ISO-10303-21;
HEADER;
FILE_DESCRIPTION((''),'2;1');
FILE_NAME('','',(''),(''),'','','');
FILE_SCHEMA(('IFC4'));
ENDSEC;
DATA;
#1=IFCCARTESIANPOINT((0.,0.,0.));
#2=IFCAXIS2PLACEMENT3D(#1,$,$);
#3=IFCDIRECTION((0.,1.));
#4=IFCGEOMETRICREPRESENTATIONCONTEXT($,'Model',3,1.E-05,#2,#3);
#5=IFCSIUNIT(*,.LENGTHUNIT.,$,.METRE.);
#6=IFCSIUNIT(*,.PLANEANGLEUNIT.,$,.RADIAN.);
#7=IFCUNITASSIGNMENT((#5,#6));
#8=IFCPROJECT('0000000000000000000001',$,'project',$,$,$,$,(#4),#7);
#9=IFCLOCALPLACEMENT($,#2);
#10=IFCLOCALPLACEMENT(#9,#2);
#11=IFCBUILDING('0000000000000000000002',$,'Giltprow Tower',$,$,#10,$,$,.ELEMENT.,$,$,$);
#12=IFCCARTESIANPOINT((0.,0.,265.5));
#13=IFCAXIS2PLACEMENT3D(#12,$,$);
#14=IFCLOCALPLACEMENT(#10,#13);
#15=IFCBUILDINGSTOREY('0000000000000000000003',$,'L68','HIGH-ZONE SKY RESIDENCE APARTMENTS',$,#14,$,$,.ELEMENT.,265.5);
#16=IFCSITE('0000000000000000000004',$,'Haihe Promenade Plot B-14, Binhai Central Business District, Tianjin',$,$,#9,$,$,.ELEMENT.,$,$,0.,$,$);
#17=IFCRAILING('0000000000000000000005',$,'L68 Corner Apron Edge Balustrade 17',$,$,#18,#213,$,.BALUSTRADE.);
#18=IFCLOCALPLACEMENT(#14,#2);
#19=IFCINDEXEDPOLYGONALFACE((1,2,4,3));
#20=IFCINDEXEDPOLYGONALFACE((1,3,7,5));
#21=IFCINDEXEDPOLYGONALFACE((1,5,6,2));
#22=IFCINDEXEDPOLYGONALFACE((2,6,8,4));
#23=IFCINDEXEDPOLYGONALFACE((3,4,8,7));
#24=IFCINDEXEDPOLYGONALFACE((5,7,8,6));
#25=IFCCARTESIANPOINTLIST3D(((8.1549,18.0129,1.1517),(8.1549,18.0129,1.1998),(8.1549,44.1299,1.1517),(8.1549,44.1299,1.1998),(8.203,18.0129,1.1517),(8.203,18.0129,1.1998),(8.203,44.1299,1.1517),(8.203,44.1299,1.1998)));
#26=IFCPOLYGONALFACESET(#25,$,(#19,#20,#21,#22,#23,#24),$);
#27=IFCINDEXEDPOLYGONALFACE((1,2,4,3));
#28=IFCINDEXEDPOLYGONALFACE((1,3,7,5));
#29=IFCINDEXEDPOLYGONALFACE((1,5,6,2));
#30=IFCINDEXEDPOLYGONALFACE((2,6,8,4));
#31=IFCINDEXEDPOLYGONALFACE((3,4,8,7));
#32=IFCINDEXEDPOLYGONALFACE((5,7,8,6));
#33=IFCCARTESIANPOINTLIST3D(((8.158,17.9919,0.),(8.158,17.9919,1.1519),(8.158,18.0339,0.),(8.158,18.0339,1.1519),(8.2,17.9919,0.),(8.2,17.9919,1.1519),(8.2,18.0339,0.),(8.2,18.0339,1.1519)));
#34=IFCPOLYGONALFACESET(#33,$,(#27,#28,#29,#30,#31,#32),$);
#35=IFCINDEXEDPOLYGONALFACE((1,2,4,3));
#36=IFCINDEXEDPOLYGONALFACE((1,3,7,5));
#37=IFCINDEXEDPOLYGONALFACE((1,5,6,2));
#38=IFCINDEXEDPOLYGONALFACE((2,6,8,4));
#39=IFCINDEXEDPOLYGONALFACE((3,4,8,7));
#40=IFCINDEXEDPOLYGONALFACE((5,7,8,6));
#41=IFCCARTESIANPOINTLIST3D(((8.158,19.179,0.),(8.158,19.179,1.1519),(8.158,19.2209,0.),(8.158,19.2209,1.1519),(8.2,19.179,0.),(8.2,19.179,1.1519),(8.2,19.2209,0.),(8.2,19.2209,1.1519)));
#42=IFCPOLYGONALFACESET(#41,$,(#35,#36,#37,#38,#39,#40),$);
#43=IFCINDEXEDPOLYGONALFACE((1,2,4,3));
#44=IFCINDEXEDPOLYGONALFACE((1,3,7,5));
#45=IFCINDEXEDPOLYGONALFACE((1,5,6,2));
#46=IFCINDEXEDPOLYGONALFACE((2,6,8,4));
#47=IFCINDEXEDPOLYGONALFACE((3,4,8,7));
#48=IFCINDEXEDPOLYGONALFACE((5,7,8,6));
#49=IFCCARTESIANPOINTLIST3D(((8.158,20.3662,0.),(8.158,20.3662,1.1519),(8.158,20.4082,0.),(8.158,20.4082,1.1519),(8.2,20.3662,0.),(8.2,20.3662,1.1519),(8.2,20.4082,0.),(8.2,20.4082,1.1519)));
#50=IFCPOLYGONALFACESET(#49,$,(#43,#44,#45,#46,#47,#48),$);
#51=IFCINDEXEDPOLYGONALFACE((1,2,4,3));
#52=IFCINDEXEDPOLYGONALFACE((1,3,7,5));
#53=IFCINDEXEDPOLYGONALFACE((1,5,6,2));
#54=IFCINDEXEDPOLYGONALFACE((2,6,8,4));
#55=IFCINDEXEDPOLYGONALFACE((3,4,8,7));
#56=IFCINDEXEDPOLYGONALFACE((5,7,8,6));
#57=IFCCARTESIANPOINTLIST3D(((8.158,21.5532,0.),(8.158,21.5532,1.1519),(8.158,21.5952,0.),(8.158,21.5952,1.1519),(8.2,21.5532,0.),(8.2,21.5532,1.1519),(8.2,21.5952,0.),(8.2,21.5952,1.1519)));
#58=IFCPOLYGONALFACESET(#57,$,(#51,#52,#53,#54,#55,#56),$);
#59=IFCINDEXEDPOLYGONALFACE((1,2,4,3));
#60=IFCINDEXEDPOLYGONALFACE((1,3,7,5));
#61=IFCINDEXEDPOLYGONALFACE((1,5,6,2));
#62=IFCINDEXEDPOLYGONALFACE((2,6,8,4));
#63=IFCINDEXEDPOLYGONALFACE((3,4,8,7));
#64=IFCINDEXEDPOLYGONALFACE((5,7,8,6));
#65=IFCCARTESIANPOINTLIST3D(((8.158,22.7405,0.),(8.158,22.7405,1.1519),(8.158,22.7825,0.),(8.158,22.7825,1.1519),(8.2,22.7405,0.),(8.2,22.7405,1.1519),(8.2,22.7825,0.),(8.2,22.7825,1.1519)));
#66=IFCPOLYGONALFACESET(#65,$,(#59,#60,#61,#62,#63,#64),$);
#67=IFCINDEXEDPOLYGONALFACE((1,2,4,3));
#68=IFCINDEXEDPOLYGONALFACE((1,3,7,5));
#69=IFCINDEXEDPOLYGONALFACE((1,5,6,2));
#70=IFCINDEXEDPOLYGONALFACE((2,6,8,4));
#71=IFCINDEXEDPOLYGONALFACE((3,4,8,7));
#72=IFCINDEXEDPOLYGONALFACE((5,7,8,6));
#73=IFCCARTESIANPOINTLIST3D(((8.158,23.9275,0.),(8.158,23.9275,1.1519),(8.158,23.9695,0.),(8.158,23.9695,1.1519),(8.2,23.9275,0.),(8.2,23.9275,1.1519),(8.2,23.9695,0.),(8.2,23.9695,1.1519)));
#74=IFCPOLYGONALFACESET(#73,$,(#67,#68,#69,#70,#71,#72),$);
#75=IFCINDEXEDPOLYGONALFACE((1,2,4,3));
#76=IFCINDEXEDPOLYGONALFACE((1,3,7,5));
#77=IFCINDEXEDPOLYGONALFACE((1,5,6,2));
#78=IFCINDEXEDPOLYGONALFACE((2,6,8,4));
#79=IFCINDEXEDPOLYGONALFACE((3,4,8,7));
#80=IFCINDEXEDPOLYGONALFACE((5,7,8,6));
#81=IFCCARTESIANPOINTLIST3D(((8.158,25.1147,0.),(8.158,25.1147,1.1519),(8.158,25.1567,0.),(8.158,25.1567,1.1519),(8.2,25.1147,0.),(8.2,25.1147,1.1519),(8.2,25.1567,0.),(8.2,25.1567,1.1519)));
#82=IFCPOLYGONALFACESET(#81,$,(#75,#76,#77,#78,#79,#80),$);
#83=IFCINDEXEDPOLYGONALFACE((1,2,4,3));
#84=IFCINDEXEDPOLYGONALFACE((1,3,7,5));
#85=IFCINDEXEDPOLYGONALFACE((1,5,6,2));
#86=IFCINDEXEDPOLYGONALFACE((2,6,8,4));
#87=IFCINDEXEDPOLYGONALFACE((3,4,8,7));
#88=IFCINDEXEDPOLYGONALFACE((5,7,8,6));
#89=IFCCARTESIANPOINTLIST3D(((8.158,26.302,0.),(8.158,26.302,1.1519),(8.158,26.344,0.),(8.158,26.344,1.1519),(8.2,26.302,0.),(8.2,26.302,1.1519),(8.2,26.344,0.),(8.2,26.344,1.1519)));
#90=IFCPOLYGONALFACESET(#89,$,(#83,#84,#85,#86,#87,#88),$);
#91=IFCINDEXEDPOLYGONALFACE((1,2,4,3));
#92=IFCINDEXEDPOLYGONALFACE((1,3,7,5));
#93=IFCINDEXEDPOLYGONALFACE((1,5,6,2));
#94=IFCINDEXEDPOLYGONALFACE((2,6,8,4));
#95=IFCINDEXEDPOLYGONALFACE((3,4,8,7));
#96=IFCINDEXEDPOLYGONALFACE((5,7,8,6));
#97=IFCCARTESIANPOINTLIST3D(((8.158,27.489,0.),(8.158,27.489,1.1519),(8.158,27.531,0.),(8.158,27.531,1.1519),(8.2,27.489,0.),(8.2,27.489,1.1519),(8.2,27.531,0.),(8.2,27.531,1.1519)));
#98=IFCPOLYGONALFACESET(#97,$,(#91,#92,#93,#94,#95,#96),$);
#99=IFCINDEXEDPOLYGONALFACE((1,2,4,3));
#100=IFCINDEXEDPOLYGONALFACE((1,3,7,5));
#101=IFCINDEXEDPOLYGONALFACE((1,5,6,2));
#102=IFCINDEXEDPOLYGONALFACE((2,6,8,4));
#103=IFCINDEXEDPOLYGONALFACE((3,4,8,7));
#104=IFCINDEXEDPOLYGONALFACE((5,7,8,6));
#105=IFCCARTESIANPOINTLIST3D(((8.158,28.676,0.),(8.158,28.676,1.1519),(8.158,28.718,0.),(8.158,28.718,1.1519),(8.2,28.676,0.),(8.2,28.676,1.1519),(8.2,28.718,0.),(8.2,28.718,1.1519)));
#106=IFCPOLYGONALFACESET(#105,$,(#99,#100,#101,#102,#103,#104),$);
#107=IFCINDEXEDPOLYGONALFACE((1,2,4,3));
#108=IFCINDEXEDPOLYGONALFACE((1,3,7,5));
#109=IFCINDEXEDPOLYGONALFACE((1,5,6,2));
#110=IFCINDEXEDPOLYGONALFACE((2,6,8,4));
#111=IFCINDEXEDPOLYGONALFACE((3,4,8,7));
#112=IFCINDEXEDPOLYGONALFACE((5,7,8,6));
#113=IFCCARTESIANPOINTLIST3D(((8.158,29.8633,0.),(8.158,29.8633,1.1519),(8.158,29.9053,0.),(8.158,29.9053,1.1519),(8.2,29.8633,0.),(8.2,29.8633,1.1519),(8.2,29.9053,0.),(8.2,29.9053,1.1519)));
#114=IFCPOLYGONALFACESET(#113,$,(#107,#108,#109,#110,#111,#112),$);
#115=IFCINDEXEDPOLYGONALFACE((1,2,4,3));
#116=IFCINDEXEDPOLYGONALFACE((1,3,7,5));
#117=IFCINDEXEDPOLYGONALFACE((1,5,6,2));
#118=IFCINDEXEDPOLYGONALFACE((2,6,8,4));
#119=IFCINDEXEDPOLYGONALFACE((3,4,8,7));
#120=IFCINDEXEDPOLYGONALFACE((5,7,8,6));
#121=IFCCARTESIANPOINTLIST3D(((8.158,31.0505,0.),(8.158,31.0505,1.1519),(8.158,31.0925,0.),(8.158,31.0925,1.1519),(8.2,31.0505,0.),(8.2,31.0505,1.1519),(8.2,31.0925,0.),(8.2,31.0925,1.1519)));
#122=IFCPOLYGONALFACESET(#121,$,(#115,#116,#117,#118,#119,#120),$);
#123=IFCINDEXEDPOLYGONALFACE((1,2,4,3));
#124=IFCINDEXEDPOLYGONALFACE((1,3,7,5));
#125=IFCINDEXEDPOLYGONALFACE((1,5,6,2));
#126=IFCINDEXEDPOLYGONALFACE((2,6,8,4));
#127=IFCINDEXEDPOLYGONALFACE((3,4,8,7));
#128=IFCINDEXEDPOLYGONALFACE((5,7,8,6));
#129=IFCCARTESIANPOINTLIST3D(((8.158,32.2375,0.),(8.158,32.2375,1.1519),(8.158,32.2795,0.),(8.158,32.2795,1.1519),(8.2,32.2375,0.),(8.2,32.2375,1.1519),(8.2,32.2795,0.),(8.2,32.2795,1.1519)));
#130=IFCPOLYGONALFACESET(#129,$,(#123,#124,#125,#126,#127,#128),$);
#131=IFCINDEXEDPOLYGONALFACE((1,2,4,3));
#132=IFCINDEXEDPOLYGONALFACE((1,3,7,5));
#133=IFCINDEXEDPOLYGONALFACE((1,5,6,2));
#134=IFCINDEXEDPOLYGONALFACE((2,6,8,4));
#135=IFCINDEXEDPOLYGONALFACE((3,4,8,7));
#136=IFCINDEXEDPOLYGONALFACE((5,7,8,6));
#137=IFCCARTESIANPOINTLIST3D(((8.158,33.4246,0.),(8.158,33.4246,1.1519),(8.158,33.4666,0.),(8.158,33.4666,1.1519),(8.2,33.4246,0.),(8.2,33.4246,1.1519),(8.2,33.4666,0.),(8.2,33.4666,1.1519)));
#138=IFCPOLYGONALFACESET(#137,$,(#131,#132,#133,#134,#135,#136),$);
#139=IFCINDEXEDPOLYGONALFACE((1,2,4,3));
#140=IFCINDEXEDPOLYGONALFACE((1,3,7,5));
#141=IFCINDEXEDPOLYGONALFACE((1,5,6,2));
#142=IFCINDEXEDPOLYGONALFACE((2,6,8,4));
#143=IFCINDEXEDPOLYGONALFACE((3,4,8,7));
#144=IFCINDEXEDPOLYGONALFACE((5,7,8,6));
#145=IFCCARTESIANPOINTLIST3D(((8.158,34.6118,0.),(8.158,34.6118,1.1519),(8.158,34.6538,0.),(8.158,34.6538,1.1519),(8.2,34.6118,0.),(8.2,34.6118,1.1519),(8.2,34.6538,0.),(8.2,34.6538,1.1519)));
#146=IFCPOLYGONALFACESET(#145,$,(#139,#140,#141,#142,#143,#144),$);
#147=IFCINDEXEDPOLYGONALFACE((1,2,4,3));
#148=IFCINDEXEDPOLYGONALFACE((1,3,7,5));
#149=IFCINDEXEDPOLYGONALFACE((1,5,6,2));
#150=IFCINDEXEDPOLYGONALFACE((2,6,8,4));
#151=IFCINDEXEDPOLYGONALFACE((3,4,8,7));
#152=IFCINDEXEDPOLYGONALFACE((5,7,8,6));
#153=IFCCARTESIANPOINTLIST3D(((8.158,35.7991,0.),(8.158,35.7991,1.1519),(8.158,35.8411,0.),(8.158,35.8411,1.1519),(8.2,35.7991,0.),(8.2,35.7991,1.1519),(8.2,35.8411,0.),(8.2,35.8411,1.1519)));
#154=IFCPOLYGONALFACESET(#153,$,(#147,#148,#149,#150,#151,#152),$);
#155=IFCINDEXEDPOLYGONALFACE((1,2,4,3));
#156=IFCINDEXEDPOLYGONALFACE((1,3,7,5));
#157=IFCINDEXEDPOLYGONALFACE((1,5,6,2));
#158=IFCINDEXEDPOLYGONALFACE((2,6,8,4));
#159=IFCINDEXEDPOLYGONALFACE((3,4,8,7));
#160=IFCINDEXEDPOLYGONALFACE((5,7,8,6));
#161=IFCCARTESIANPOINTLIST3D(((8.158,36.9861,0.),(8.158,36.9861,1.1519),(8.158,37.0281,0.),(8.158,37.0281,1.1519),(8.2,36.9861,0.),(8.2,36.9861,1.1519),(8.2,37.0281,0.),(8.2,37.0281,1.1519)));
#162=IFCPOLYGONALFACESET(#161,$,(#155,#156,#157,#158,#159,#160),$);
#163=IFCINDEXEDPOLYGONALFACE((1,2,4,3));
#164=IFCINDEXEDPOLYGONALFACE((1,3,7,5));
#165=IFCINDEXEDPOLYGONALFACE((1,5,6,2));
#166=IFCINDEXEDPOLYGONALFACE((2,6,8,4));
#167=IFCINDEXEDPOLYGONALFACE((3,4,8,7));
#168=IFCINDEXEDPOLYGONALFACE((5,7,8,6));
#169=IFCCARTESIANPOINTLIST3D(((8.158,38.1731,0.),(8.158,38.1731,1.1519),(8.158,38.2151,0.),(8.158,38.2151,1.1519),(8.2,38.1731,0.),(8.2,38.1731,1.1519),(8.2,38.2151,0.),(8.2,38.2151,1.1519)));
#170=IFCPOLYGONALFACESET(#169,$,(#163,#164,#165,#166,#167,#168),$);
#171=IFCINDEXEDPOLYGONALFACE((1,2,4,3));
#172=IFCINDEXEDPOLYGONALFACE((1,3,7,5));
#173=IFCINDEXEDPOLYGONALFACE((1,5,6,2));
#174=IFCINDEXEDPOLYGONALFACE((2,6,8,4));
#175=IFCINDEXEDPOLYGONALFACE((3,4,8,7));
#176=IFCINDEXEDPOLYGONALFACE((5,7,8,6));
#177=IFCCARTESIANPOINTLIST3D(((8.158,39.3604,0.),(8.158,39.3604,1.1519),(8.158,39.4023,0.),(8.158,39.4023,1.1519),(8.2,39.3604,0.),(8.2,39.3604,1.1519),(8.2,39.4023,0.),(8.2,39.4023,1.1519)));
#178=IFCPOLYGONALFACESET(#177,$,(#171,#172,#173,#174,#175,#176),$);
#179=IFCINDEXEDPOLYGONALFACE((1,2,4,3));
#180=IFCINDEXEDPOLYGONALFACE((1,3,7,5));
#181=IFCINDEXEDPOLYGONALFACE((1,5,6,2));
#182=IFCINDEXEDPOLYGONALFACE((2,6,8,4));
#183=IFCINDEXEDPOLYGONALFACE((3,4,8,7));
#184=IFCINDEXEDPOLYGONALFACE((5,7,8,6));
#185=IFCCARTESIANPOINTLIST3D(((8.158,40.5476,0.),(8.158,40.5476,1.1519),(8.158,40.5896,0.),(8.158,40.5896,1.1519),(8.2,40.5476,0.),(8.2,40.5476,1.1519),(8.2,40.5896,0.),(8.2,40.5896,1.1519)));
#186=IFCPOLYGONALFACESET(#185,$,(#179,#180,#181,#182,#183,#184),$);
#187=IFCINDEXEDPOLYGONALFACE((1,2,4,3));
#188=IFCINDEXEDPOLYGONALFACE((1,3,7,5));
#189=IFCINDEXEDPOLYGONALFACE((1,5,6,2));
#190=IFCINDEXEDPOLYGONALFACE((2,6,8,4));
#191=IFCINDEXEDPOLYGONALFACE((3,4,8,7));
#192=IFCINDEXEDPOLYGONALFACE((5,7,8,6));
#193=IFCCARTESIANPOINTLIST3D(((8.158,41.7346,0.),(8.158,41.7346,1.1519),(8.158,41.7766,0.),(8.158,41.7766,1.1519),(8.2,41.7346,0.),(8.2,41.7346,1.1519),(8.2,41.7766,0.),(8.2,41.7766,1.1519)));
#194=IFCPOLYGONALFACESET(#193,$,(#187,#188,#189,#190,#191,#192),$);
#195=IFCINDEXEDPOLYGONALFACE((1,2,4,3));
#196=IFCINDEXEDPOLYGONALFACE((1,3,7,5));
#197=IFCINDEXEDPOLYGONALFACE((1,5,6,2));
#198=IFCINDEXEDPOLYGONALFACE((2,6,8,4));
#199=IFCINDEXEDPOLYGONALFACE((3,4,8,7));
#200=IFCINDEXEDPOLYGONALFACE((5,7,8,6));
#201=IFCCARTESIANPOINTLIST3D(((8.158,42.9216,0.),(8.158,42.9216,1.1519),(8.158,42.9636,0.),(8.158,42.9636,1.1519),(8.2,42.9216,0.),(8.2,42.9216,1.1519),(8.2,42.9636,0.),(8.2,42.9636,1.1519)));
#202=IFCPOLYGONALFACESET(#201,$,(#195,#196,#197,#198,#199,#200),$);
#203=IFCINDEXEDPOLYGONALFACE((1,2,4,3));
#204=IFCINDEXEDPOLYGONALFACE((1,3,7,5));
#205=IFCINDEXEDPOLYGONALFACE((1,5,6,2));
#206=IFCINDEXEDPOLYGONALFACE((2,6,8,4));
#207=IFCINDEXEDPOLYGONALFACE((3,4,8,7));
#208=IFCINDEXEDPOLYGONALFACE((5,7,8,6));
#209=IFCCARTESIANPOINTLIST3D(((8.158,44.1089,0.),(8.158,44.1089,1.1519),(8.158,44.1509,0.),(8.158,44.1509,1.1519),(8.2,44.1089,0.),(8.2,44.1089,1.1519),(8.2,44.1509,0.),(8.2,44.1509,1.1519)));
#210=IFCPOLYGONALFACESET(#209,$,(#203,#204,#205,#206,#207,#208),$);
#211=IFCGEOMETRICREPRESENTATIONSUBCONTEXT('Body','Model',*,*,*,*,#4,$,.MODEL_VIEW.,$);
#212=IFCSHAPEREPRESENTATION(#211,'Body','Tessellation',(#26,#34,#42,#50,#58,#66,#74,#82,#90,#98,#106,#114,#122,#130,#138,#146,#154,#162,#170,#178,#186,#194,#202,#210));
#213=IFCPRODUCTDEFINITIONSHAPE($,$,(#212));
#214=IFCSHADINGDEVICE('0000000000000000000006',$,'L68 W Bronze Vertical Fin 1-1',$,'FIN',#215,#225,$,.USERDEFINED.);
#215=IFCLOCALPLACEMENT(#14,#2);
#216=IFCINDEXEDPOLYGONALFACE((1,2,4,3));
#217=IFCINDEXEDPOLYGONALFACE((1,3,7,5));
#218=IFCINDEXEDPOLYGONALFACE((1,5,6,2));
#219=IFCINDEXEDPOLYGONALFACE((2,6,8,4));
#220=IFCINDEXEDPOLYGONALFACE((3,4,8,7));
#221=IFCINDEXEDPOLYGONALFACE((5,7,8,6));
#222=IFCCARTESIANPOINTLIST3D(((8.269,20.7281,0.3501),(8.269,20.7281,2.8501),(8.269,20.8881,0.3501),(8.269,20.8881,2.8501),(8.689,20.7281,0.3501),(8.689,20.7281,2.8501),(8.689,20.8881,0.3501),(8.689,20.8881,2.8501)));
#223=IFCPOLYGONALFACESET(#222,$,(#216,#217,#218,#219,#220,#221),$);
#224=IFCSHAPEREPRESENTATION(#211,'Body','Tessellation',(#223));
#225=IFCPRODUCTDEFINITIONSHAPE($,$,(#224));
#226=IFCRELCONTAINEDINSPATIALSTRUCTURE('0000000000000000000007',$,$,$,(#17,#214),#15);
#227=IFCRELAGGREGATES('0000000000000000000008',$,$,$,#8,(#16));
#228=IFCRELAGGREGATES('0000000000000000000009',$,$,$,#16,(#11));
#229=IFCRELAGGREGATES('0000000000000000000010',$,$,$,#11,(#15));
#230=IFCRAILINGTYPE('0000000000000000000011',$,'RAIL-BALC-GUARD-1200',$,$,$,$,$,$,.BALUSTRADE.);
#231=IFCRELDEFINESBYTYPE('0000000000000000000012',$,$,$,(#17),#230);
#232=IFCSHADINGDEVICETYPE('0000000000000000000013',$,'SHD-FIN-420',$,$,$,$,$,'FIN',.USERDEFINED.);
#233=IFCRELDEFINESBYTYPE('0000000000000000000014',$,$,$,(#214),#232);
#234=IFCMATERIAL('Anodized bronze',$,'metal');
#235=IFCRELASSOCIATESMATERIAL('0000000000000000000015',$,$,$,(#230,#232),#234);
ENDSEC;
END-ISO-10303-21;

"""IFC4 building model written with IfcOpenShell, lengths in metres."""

from ifc_helpers import new_model, si_unit, direction, frame, origin, origin_2d, place, context, subcontext, project, spatial, rectangle, extrude, source, transform, mapped, material, type_object, element, save


model = new_model("IFC4")

# Units and contexts
model_context = context("Model", 3, precision=1e-05, world=origin(), true_north=direction((0.0, 1.0)))
body_context = subcontext(model_context, "Body", "Model", "MODEL_VIEW")
ifc_project = project(units=[si_unit("LENGTHUNIT", "METRE"), si_unit("PLANEANGLEUNIT", "RADIAN")], contexts=[model_context])

# Site, building, storey
site_placement = place(None, origin())
site = spatial("IfcSite", under=ifc_project, at=site_placement, Name="Haihe Promenade Plot B-14, Binhai Central Business District, Tianjin", CompositionType="ELEMENT", RefElevation=0.0)
building_placement = place(site_placement, origin())
building = spatial("IfcBuilding", under=site, at=building_placement, Name="Giltprow Tower", CompositionType="ELEMENT")
storey_placement = place(building_placement, frame((0.0, 0.0, 265.5)))
storey = spatial("IfcBuildingStorey", under=building, at=storey_placement, Name="L68", Description="HIGH-ZONE SKY RESIDENCE APARTMENTS", CompositionType="ELEMENT", Elevation=265.5)

# Shared definitions
ifc_material_1 = material(Name="Anodized bronze", Category="metal")

# Railing
railing_type = type_object("IfcRailingType", Name="RAIL-BALC-GUARD-1200", PredefinedType="BALUSTRADE", material=ifc_material_1)
railing_1_placement = place(storey_placement, frame((8.179, 18.0129, 0.0)))
element("IfcRailing", 1, at=railing_1_placement, inside=storey, type_object=railing_type, Name="L68 Corner Apron Edge Balustrade 17", PredefinedType="BALUSTRADE", context=body_context, shape_type="SweptSolid", body=[
    extrude(rectangle(XDim=0.0481, YDim=0.0481, at=origin_2d()), frame((0.0, 0.0, 1.1758), z_axis=(0.0, 1.0, 0.0), x_axis=(-1.0, 0.0, 0.0)), (0.0, 0.0, 1.0), 26.1169),
    extrude(rectangle(XDim=0.042, YDim=0.042, at=origin_2d()), origin(), (0.0, 0.0, 1.0), 1.1519),
    extrude(rectangle(XDim=0.042, YDim=0.042, at=origin_2d()), frame((0.0, 1.187, 0.0)), (0.0, 0.0, 1.0), 1.1519),
    extrude(rectangle(XDim=0.042, YDim=0.042, at=origin_2d()), frame((0.0, 2.3743, 0.0)), (0.0, 0.0, 1.0), 1.1519),
    extrude(rectangle(XDim=0.042, YDim=0.042, at=origin_2d()), frame((0.0, 3.5613, 0.0)), (0.0, 0.0, 1.0), 1.1519),
    extrude(rectangle(XDim=0.042, YDim=0.042, at=origin_2d()), frame((0.0, 4.7485, 0.0)), (0.0, 0.0, 1.0), 1.1519),
    extrude(rectangle(XDim=0.042, YDim=0.042, at=origin_2d()), frame((0.0, 5.9355, 0.0)), (0.0, 0.0, 1.0), 1.1519),
    extrude(rectangle(XDim=0.042, YDim=0.042, at=origin_2d()), frame((0.0, 7.1228, 0.0)), (0.0, 0.0, 1.0), 1.1519),
    extrude(rectangle(XDim=0.042, YDim=0.042, at=origin_2d()), frame((0.0, 8.3101, 0.0)), (0.0, 0.0, 1.0), 1.1519),
    extrude(rectangle(XDim=0.042, YDim=0.042, at=origin_2d()), frame((0.0, 9.4971, 0.0)), (0.0, 0.0, 1.0), 1.1519),
    extrude(rectangle(XDim=0.042, YDim=0.042, at=origin_2d()), frame((0.0, 10.6841, 0.0)), (0.0, 0.0, 1.0), 1.1519),
    extrude(rectangle(XDim=0.042, YDim=0.042, at=origin_2d()), frame((0.0, 11.8713, 0.0)), (0.0, 0.0, 1.0), 1.1519),
    extrude(rectangle(XDim=0.042, YDim=0.042, at=origin_2d()), frame((0.0, 13.0586, 0.0)), (0.0, 0.0, 1.0), 1.1519),
    extrude(rectangle(XDim=0.042, YDim=0.042, at=origin_2d()), frame((0.0, 14.2456, 0.0)), (0.0, 0.0, 1.0), 1.1519),
    extrude(rectangle(XDim=0.042, YDim=0.042, at=origin_2d()), frame((0.0, 15.4326, 0.0)), (0.0, 0.0, 1.0), 1.1519),
    extrude(rectangle(XDim=0.042, YDim=0.042, at=origin_2d()), frame((0.0, 16.6199, 0.0)), (0.0, 0.0, 1.0), 1.1519),
    extrude(rectangle(XDim=0.042, YDim=0.042, at=origin_2d()), frame((0.0, 17.8071, 0.0)), (0.0, 0.0, 1.0), 1.1519),
    extrude(rectangle(XDim=0.042, YDim=0.042, at=origin_2d()), frame((0.0, 18.9941, 0.0)), (0.0, 0.0, 1.0), 1.1519),
    extrude(rectangle(XDim=0.042, YDim=0.042, at=origin_2d()), frame((0.0, 20.1812, 0.0)), (0.0, 0.0, 1.0), 1.1519),
    extrude(rectangle(XDim=0.042, YDim=0.042, at=origin_2d()), frame((0.0, 21.3684, 0.0)), (0.0, 0.0, 1.0), 1.1519),
    extrude(rectangle(XDim=0.042, YDim=0.042, at=origin_2d()), frame((0.0, 22.5557, 0.0)), (0.0, 0.0, 1.0), 1.1519),
    extrude(rectangle(XDim=0.042, YDim=0.042, at=origin_2d()), frame((0.0, 23.7427, 0.0)), (0.0, 0.0, 1.0), 1.1519),
    extrude(rectangle(XDim=0.042, YDim=0.042, at=origin_2d()), frame((0.0, 24.9297, 0.0)), (0.0, 0.0, 1.0), 1.1519),
    extrude(rectangle(XDim=0.042, YDim=0.042, at=origin_2d()), frame((0.0, 26.1169, 0.0)), (0.0, 0.0, 1.0), 1.1519),
])

# Shading device
shading_device_type = type_object("IfcShadingDeviceType", Name="SHD-FIN-420", ElementType="FIN", PredefinedType="USERDEFINED", material=ifc_material_1)
shared_shape_1 = source(origin(), body_context, "Body", "SweptSolid", [
    extrude(rectangle(XDim=0.4199, YDim=0.1599, at=origin_2d()), origin(), (0.0, 0.0, 1.0), 2.5),
])
shading_device_placement = place(storey_placement, frame((8.479, 20.8081, 0.3501), z_axis=(0.0, 0.0, 1.0), x_axis=(1.0, 0.0, 0.0)))
element("IfcShadingDevice", 2, at=shading_device_placement, inside=storey, type_object=shading_device_type, Name="L68 W Bronze Vertical Fin 1-1", ObjectType="FIN", PredefinedType="USERDEFINED", context=body_context, shape_type="MappedRepresentation", body=[
    mapped(shared_shape_1, transform((0.0, 0.0, 0.0), x_axis=(1.0, 0.0, 0.0), y_axis=(0.0, 1.0, 0.0), z_axis=(0.0, 0.0, 1.0), scale=1.0)),
])

save(model, "model.ifc")
